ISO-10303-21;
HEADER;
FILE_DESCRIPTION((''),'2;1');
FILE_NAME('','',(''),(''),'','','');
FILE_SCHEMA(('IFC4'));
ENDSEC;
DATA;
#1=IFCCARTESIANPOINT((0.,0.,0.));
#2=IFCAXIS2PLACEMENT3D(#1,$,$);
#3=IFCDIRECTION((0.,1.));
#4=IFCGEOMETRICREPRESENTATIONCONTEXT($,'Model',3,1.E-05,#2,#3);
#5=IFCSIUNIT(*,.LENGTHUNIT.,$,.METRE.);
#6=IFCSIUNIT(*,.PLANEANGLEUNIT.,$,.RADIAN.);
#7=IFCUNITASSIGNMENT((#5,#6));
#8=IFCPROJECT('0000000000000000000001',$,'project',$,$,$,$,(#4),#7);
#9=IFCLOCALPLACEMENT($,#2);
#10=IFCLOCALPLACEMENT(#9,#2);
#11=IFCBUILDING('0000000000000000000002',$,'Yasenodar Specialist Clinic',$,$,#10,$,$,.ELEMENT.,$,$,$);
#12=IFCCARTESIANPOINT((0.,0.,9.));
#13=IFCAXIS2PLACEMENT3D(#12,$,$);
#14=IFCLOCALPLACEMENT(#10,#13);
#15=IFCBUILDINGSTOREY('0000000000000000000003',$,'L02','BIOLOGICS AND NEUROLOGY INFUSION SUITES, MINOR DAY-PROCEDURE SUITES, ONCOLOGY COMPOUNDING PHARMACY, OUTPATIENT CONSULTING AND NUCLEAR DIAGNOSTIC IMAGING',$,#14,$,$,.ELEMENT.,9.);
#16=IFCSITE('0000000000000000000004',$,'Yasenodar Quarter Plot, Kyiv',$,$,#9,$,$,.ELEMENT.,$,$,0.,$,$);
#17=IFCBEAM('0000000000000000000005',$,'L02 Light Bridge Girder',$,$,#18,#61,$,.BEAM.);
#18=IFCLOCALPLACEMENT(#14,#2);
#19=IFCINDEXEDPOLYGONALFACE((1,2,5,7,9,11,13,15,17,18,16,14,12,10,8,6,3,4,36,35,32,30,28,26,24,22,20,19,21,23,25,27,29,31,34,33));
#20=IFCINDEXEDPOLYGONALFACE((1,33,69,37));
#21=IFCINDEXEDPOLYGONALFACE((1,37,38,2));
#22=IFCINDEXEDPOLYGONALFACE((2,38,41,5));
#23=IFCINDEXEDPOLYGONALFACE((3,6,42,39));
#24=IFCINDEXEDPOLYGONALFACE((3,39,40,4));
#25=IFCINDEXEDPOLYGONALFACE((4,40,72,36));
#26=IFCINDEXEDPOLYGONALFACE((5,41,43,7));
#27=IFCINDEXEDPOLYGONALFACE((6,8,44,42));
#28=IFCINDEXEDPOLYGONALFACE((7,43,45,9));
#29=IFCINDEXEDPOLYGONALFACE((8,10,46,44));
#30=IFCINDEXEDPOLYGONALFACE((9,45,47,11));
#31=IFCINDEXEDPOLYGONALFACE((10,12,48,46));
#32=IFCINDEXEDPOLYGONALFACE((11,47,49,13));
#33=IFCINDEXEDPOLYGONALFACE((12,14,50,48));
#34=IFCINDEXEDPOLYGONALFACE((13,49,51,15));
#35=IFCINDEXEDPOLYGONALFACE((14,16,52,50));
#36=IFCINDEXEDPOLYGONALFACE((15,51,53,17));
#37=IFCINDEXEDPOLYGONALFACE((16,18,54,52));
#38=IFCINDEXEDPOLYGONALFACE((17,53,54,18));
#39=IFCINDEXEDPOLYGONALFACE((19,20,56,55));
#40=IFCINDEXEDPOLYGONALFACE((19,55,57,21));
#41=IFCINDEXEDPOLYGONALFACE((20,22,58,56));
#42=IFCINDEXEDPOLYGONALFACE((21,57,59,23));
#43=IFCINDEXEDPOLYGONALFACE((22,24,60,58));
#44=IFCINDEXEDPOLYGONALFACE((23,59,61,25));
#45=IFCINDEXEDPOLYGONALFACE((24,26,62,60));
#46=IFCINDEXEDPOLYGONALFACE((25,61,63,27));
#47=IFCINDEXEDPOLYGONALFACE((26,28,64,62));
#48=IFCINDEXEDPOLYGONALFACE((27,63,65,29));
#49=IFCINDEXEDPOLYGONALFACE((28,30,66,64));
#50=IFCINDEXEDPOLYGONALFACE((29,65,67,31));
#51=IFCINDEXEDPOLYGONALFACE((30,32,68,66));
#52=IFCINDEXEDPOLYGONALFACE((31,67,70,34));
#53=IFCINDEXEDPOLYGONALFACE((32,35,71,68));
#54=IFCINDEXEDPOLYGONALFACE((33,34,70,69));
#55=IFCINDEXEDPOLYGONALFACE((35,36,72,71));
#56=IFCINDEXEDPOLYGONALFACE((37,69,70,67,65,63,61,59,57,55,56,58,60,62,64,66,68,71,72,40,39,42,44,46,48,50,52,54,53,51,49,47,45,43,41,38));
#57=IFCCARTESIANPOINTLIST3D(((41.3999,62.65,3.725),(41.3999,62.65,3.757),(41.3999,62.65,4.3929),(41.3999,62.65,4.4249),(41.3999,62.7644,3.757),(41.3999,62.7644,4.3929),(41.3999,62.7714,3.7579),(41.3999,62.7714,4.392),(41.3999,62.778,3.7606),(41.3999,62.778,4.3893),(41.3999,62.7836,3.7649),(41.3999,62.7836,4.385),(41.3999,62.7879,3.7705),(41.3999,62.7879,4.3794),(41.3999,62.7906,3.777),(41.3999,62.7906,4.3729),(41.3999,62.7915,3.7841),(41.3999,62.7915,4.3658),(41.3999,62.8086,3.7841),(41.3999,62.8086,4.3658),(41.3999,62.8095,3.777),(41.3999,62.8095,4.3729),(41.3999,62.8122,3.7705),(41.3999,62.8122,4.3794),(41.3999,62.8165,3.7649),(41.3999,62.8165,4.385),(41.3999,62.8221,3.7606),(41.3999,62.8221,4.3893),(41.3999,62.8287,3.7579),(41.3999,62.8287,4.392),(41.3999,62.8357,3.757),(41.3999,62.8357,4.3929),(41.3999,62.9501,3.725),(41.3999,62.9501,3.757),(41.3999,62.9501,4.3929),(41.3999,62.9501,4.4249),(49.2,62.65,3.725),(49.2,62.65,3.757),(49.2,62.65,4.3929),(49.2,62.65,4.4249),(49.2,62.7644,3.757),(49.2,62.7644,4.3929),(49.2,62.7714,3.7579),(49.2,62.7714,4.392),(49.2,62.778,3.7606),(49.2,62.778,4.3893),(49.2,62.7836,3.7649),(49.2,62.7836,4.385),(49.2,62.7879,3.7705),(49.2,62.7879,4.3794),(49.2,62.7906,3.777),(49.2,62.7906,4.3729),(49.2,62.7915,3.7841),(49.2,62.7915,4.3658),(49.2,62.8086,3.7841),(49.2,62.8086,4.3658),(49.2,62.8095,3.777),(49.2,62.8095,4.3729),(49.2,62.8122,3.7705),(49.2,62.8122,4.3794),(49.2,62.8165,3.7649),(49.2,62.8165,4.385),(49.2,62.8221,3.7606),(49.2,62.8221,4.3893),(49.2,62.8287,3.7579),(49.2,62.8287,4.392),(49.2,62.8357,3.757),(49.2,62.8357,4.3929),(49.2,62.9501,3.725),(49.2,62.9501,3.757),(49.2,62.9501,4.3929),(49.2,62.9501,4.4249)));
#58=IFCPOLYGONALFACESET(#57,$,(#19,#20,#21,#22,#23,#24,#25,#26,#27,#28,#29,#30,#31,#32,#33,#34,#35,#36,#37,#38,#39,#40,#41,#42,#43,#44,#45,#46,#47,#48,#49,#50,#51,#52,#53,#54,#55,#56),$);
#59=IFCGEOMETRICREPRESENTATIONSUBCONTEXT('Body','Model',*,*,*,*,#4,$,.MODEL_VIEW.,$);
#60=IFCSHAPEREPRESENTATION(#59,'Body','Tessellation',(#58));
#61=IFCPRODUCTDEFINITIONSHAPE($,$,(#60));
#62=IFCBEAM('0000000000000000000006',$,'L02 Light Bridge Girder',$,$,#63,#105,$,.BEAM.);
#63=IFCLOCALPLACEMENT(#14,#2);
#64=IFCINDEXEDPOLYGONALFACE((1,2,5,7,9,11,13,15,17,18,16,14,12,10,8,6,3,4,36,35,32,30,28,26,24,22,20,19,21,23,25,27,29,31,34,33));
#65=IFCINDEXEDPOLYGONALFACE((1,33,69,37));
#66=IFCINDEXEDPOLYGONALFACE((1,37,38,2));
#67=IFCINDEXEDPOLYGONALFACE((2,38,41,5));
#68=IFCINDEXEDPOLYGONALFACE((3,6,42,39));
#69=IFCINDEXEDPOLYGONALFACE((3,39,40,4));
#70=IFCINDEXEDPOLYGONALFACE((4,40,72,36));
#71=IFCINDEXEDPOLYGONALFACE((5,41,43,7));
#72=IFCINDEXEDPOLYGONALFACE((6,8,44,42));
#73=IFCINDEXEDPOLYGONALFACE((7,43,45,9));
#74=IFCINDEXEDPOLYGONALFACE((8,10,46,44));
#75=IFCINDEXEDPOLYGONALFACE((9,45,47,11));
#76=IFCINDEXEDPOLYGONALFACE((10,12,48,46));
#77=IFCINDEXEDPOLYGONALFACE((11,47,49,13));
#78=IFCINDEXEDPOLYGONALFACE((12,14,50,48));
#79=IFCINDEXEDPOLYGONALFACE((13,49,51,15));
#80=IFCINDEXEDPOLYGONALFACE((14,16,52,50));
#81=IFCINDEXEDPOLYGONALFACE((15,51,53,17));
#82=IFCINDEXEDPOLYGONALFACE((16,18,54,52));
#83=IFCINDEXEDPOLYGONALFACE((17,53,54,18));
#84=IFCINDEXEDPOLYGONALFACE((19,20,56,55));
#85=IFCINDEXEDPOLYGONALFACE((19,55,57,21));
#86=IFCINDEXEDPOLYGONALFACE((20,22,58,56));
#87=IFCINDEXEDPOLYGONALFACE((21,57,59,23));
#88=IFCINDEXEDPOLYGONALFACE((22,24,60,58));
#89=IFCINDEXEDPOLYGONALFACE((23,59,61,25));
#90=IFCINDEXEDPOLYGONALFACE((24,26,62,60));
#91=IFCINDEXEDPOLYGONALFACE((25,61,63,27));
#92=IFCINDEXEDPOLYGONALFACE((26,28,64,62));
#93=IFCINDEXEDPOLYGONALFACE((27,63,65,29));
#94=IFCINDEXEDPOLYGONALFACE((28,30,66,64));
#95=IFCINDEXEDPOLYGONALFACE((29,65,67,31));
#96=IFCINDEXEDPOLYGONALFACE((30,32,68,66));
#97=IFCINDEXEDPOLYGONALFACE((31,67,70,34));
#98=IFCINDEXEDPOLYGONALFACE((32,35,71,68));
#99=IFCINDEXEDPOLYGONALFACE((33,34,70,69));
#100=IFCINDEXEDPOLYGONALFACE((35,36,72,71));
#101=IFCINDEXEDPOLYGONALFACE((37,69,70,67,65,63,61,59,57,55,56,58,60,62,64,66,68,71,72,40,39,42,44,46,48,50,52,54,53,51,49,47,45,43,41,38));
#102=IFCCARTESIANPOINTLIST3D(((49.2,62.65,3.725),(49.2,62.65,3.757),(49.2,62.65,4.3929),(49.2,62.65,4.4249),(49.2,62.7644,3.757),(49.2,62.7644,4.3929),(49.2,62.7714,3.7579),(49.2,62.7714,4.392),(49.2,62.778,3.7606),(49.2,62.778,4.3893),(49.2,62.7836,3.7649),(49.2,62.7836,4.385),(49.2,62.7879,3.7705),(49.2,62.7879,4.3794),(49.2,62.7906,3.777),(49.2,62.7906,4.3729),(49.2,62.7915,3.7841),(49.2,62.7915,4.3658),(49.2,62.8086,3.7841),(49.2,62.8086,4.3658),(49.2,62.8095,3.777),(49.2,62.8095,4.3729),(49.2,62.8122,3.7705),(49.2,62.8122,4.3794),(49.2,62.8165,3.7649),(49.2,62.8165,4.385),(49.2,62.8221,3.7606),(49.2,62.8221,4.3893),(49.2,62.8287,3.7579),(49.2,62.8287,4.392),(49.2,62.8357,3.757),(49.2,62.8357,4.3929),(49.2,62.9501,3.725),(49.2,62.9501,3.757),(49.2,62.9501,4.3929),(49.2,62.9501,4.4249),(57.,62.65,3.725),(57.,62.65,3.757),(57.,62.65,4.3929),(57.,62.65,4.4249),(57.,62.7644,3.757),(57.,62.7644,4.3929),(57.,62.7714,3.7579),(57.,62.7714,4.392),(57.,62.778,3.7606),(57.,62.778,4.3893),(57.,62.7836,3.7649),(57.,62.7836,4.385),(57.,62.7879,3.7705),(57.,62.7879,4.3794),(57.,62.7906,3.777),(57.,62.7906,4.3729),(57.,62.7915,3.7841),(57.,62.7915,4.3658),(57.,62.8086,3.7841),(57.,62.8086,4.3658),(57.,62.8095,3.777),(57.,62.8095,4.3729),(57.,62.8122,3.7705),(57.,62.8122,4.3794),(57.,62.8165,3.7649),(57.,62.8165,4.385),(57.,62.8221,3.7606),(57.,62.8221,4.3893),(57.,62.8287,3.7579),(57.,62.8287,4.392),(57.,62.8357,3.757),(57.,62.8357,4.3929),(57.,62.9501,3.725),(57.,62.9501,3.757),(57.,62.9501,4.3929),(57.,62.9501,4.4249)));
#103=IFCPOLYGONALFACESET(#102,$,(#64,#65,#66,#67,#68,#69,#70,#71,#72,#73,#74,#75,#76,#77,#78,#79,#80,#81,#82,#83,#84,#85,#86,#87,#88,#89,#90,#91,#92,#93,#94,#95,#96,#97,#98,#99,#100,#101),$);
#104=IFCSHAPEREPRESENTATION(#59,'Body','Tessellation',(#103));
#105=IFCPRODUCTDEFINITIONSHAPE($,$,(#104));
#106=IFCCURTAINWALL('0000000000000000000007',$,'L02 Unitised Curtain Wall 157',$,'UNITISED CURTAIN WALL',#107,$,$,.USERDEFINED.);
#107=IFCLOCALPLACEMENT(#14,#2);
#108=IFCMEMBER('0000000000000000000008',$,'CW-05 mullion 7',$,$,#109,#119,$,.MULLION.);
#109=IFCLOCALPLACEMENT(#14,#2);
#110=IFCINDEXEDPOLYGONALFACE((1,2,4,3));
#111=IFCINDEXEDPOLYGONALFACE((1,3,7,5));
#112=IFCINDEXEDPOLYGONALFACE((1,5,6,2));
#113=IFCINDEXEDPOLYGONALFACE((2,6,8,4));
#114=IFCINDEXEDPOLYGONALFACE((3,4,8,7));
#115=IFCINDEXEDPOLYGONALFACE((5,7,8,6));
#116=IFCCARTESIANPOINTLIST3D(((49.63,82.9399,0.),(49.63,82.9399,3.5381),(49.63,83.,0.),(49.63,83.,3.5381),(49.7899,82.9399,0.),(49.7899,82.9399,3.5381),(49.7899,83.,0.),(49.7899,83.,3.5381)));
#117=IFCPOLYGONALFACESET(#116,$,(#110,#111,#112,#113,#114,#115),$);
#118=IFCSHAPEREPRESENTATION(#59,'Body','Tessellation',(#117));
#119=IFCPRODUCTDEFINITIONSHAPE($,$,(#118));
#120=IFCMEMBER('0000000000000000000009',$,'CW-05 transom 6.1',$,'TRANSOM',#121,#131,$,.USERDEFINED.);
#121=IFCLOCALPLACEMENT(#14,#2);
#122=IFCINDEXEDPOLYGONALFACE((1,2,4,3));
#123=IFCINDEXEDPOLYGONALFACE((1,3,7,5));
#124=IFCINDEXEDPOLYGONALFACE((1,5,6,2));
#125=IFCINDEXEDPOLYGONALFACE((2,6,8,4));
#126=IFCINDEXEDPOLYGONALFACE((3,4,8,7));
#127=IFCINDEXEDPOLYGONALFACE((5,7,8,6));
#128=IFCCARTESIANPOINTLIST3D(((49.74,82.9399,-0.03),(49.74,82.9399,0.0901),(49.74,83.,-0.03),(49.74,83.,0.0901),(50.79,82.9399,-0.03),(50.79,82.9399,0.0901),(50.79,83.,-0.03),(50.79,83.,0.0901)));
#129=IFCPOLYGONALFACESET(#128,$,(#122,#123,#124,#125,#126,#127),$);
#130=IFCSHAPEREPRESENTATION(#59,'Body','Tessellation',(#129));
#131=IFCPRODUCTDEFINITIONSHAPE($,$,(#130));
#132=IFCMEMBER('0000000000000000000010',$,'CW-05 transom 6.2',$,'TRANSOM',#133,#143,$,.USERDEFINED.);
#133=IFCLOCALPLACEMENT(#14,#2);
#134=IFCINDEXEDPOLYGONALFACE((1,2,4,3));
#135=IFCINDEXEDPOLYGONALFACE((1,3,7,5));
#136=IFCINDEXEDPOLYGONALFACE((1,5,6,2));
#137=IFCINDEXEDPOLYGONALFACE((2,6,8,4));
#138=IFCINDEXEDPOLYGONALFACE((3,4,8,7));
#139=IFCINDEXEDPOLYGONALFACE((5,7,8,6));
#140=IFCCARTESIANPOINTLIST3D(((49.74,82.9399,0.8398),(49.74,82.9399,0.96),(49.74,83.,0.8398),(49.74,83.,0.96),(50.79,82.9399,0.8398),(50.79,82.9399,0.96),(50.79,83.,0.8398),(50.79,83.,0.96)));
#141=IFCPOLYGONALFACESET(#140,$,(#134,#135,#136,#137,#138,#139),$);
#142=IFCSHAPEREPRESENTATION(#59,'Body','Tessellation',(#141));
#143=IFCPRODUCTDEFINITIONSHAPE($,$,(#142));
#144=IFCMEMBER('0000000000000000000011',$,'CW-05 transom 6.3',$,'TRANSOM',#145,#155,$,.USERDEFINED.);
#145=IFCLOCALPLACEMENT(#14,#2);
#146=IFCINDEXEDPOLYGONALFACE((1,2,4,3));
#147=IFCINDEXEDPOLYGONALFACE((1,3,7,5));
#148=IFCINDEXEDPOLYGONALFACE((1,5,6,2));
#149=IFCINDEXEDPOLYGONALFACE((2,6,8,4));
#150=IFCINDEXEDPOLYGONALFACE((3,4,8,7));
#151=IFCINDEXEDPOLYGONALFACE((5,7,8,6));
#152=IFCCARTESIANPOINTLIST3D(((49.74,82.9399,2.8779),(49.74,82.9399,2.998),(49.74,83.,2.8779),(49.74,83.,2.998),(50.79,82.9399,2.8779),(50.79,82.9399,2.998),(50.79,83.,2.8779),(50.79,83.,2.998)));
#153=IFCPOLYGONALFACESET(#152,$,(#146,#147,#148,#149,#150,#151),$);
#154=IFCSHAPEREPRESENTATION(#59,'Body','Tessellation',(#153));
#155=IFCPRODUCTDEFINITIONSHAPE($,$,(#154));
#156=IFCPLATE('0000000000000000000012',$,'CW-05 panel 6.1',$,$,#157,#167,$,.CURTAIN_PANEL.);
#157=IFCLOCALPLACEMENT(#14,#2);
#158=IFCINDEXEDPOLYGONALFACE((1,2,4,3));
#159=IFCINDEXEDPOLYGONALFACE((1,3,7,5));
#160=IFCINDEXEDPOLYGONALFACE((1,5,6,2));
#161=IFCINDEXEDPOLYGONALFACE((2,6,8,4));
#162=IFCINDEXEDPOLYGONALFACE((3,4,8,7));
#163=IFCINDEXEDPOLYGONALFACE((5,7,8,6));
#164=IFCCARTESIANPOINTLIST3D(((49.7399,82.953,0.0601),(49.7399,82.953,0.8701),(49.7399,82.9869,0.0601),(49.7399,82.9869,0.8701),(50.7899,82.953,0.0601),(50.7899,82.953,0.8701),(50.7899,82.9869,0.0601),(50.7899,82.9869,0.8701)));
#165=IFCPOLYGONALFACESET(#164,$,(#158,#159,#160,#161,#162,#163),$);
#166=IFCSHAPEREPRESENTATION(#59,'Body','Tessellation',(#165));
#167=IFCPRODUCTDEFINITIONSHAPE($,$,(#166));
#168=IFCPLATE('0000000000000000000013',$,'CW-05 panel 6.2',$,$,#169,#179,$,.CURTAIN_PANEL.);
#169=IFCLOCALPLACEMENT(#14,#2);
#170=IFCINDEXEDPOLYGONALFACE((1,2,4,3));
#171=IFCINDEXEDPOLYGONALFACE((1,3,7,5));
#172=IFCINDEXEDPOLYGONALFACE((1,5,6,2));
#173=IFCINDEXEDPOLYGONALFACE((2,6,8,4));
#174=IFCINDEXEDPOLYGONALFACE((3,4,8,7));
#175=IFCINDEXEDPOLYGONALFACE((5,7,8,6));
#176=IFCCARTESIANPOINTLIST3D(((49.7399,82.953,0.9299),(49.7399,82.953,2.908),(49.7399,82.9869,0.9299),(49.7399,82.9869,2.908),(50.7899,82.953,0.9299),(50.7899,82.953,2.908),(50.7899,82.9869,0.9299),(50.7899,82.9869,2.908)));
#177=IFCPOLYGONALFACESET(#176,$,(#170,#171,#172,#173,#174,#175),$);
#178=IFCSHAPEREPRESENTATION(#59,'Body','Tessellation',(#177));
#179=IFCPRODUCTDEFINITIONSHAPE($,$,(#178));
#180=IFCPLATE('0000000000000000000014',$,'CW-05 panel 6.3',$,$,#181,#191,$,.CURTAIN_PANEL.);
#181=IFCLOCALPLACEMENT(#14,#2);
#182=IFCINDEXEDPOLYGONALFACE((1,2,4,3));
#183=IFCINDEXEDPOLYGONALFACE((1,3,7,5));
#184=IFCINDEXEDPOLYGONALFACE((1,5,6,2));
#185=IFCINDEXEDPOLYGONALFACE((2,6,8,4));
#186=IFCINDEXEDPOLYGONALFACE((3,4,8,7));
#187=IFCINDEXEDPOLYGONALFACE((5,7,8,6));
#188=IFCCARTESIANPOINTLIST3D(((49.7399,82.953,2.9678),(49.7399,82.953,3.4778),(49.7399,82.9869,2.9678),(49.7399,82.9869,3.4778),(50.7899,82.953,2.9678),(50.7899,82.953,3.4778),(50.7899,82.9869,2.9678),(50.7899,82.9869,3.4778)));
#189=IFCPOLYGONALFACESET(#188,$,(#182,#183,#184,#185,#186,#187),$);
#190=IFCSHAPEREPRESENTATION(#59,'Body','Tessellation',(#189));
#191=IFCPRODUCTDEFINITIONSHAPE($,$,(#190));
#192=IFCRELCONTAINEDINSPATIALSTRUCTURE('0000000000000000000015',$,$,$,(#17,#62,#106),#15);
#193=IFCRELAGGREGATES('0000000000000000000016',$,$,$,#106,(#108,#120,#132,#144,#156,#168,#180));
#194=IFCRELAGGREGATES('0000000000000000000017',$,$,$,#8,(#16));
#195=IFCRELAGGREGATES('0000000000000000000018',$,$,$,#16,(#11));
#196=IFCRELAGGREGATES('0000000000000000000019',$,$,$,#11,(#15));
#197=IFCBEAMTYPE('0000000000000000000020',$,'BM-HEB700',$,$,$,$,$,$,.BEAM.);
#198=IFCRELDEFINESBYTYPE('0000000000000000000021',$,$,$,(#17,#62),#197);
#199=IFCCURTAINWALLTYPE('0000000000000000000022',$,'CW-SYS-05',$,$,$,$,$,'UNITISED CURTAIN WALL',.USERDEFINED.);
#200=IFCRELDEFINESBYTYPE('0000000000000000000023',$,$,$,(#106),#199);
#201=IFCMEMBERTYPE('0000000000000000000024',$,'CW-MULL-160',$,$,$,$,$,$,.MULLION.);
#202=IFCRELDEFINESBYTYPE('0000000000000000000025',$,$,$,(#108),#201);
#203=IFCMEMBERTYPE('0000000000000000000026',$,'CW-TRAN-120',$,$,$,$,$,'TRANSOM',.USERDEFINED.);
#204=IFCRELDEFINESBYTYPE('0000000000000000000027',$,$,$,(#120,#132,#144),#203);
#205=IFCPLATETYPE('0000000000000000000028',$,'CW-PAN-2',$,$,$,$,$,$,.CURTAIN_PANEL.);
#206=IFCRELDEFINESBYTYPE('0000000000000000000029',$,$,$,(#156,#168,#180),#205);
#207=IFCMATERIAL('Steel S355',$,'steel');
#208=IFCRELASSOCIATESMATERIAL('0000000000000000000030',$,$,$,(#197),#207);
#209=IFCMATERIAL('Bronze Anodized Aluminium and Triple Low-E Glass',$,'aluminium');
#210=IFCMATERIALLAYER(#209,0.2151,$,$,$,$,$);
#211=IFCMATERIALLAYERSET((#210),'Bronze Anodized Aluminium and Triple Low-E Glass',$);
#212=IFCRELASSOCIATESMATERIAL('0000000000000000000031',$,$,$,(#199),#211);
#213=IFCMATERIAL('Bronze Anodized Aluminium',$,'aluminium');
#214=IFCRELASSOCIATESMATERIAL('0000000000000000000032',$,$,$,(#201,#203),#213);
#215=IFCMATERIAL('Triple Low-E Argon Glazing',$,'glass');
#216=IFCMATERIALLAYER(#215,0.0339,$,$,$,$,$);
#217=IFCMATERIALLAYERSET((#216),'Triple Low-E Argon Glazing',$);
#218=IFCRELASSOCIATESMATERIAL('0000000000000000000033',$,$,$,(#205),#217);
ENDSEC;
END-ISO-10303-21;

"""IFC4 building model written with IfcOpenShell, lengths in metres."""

from ifc_helpers import new_model, si_unit, direction, frame, origin, origin_2d, place, context, subcontext, project, spatial, rectangle, i_section, extrude, material, layer, layer_set, material_profile, profile_set, type_object, element, aggregate, save


model = new_model("IFC4")

# Units and contexts
model_context = context("Model", 3, precision=1e-05, world=origin(), true_north=direction((0.0, 1.0)))
body_context = subcontext(model_context, "Body", "Model", "MODEL_VIEW")
ifc_project = project(units=[si_unit("LENGTHUNIT", "METRE"), si_unit("PLANEANGLEUNIT", "RADIAN")], contexts=[model_context])

# Site, building, storey
site_placement = place(None, origin())
site = spatial("IfcSite", under=ifc_project, at=site_placement, Name="Yasenodar Quarter Plot, Kyiv", CompositionType="ELEMENT", RefElevation=0.0)
building_placement = place(site_placement, origin())
building = spatial("IfcBuilding", under=site, at=building_placement, Name="Yasenodar Specialist Clinic", CompositionType="ELEMENT")
storey_placement = place(building_placement, frame((0.0, 0.0, 9.0)))
storey = spatial("IfcBuildingStorey", under=building, at=storey_placement, Name="L02", Description="BIOLOGICS AND NEUROLOGY INFUSION SUITES, MINOR DAY-PROCEDURE SUITES, ONCOLOGY COMPOUNDING PHARMACY, OUTPATIENT CONSULTING AND NUCLEAR DIAGNOSTIC IMAGING", CompositionType="ELEMENT", Elevation=9.0)

# Shared definitions
ifc_material_1 = material(Name="Steel S355", Category="steel")

# Beams
ifc_material_profile_1 = material_profile(ifc_material_1, i_section(OverallWidth=0.3, OverallDepth=0.7, WebThickness=0.0171, FlangeThickness=0.032, FilletRadius=0.0271, at=origin_2d()), Name="HEB 700")
ifc_profile_set_1 = profile_set([ifc_material_profile_1], Name="Steel S355")
beam_type_1 = type_object("IfcBeamType", Name="BM-HEB700", PredefinedType="BEAM", material=ifc_profile_set_1)
for number, where, z_axis, x_axis, name in (
    (1, (41.3999, 62.8, 4.075), (1.0, 0.0, 0.0), (0.0, 1.0, 0.0), "L02 Light Bridge Girder"),
    (2, (49.2, 62.8, 4.075), (1.0, 0.0, 0.0), (0.0, 1.0, 0.0), "L02 Light Bridge Girder"),
):
    element("IfcBeam", number, at=place(storey_placement, frame(where, z_axis=z_axis, x_axis=x_axis)), inside=storey, type_object=beam_type_1, Name=name, PredefinedType="BEAM", context=body_context, shape_type="SweptSolid", body=[
        extrude(i_section(OverallWidth=0.3, OverallDepth=0.7, WebThickness=0.0171, FlangeThickness=0.032, FilletRadius=0.0271, at=origin_2d()), origin(), (0.0, 0.0, 1.0), 7.8),
    ])

# Curtain wall, members, plates
ifc_material_2 = material(Name="Bronze Anodized Aluminium and Triple Low-E Glass", Category="aluminium")
ifc_layer_1 = layer(ifc_material_2, 0.2151)
ifc_layer_set_1 = layer_set([ifc_layer_1], Name="Bronze Anodized Aluminium and Triple Low-E Glass")
curtain_wall_type = type_object("IfcCurtainWallType", Name="CW-SYS-05", ElementType="UNITISED CURTAIN WALL", PredefinedType="USERDEFINED", material=ifc_layer_set_1)
curtain_wall_placement = place(storey_placement, origin())
curtain_wall = element("IfcCurtainWall", 3, at=curtain_wall_placement, inside=storey, type_object=curtain_wall_type, Name="L02 Unitised Curtain Wall 157", ObjectType="UNITISED CURTAIN WALL", PredefinedType="USERDEFINED")
ifc_material_3 = material(Name="Bronze Anodized Aluminium", Category="aluminium")
ifc_material_profile_2 = material_profile(ifc_material_3, rectangle(XDim=0.0601, YDim=0.1599, at=origin_2d()), Name="CW-MULL 60x160")
ifc_profile_set_2 = profile_set([ifc_material_profile_2], Name="Bronze Anodized Aluminium")
member_type_1 = type_object("IfcMemberType", Name="CW-MULL-160", PredefinedType="MULLION", material=ifc_profile_set_2)
member_1_placement = place(storey_placement, frame((49.71, 82.97, 0.0), z_axis=(0.0, 0.0, 1.0), x_axis=(0.0, -1.0, 0.0)))
member_1 = element("IfcMember", 4, at=member_1_placement, type_object=member_type_1, Name="CW-05 mullion 7", PredefinedType="MULLION", context=body_context, shape_type="SweptSolid", body=[
    extrude(rectangle(XDim=0.0601, YDim=0.1599, at=origin_2d()), origin(), (0.0, 0.0, 1.0), 3.5381),
])
ifc_material_profile_3 = material_profile(ifc_material_3, rectangle(XDim=0.0601, YDim=0.1201, at=origin_2d()), Name="CW-TRAN 60x120")
ifc_profile_set_3 = profile_set([ifc_material_profile_3], Name="Bronze Anodized Aluminium")
member_type_2 = type_object("IfcMemberType", Name="CW-TRAN-120", ElementType="TRANSOM", PredefinedType="USERDEFINED", material=ifc_profile_set_3)
member_2_placement = place(storey_placement, frame((50.79, 82.97, 0.03), z_axis=(-1.0, 0.0, 0.0), x_axis=(0.0, -1.0, 0.0)))
member_2 = element("IfcMember", 5, at=member_2_placement, type_object=member_type_2, Name="CW-05 transom 6.1", ObjectType="TRANSOM", PredefinedType="USERDEFINED", context=body_context, shape_type="SweptSolid", body=[
    extrude(rectangle(XDim=0.0601, YDim=0.1201, at=origin_2d()), origin(), (0.0, 0.0, 1.0), 1.05),
])
member_3_placement = place(storey_placement, frame((50.79, 82.97, 0.8999), z_axis=(-1.0, 0.0, 0.0), x_axis=(0.0, -1.0, 0.0)))
member_3 = element("IfcMember", 6, at=member_3_placement, type_object=member_type_2, Name="CW-05 transom 6.2", ObjectType="TRANSOM", PredefinedType="USERDEFINED", context=body_context, shape_type="SweptSolid", body=[
    extrude(rectangle(XDim=0.0601, YDim=0.1201, at=origin_2d()), origin(), (0.0, 0.0, 1.0), 1.05),
])
member_4_placement = place(storey_placement, frame((50.79, 82.97, 2.938), z_axis=(-1.0, 0.0, 0.0), x_axis=(0.0, -1.0, 0.0)))
member_4 = element("IfcMember", 7, at=member_4_placement, type_object=member_type_2, Name="CW-05 transom 6.3", ObjectType="TRANSOM", PredefinedType="USERDEFINED", context=body_context, shape_type="SweptSolid", body=[
    extrude(rectangle(XDim=0.0601, YDim=0.1201, at=origin_2d()), origin(), (0.0, 0.0, 1.0), 1.05),
])
ifc_material_4 = material(Name="Triple Low-E Argon Glazing", Category="glass")
ifc_layer_2 = layer(ifc_material_4, 0.0339)
ifc_layer_set_2 = layer_set([ifc_layer_2], Name="Triple Low-E Argon Glazing")
plate_type = type_object("IfcPlateType", Name="CW-PAN-2", PredefinedType="CURTAIN_PANEL", material=ifc_layer_set_2)
plate_1_placement = place(storey_placement, frame((50.2649, 82.97, 0.0601), z_axis=(0.0, 0.0, 1.0), x_axis=(-1.0, 0.0, 0.0)))
plate_1 = element("IfcPlate", 8, at=plate_1_placement, type_object=plate_type, Name="CW-05 panel 6.1", PredefinedType="CURTAIN_PANEL", context=body_context, shape_type="SweptSolid", body=[
    extrude(rectangle(XDim=1.05, YDim=0.0339, at=origin_2d()), origin(), (0.0, 0.0, 1.0), 0.8101),
])
plate_2_placement = place(storey_placement, frame((50.2649, 82.97, 0.9299), z_axis=(0.0, 0.0, 1.0), x_axis=(-1.0, 0.0, 0.0)))
plate_2 = element("IfcPlate", 9, at=plate_2_placement, type_object=plate_type, Name="CW-05 panel 6.2", PredefinedType="CURTAIN_PANEL", context=body_context, shape_type="SweptSolid", body=[
    extrude(rectangle(XDim=1.05, YDim=0.0339, at=origin_2d()), origin(), (0.0, 0.0, 1.0), 1.978),
])
plate_3_placement = place(storey_placement, frame((50.2649, 82.97, 2.9678), z_axis=(0.0, 0.0, 1.0), x_axis=(-1.0, 0.0, 0.0)))
plate_3 = element("IfcPlate", 10, at=plate_3_placement, type_object=plate_type, Name="CW-05 panel 6.3", PredefinedType="CURTAIN_PANEL", context=body_context, shape_type="SweptSolid", body=[
    extrude(rectangle(XDim=1.05, YDim=0.0339, at=origin_2d()), origin(), (0.0, 0.0, 1.0), 0.51),
])
aggregate(curtain_wall, [member_1, member_2, member_3, member_4, plate_1, plate_2, plate_3])

save(model, "model.ifc")
